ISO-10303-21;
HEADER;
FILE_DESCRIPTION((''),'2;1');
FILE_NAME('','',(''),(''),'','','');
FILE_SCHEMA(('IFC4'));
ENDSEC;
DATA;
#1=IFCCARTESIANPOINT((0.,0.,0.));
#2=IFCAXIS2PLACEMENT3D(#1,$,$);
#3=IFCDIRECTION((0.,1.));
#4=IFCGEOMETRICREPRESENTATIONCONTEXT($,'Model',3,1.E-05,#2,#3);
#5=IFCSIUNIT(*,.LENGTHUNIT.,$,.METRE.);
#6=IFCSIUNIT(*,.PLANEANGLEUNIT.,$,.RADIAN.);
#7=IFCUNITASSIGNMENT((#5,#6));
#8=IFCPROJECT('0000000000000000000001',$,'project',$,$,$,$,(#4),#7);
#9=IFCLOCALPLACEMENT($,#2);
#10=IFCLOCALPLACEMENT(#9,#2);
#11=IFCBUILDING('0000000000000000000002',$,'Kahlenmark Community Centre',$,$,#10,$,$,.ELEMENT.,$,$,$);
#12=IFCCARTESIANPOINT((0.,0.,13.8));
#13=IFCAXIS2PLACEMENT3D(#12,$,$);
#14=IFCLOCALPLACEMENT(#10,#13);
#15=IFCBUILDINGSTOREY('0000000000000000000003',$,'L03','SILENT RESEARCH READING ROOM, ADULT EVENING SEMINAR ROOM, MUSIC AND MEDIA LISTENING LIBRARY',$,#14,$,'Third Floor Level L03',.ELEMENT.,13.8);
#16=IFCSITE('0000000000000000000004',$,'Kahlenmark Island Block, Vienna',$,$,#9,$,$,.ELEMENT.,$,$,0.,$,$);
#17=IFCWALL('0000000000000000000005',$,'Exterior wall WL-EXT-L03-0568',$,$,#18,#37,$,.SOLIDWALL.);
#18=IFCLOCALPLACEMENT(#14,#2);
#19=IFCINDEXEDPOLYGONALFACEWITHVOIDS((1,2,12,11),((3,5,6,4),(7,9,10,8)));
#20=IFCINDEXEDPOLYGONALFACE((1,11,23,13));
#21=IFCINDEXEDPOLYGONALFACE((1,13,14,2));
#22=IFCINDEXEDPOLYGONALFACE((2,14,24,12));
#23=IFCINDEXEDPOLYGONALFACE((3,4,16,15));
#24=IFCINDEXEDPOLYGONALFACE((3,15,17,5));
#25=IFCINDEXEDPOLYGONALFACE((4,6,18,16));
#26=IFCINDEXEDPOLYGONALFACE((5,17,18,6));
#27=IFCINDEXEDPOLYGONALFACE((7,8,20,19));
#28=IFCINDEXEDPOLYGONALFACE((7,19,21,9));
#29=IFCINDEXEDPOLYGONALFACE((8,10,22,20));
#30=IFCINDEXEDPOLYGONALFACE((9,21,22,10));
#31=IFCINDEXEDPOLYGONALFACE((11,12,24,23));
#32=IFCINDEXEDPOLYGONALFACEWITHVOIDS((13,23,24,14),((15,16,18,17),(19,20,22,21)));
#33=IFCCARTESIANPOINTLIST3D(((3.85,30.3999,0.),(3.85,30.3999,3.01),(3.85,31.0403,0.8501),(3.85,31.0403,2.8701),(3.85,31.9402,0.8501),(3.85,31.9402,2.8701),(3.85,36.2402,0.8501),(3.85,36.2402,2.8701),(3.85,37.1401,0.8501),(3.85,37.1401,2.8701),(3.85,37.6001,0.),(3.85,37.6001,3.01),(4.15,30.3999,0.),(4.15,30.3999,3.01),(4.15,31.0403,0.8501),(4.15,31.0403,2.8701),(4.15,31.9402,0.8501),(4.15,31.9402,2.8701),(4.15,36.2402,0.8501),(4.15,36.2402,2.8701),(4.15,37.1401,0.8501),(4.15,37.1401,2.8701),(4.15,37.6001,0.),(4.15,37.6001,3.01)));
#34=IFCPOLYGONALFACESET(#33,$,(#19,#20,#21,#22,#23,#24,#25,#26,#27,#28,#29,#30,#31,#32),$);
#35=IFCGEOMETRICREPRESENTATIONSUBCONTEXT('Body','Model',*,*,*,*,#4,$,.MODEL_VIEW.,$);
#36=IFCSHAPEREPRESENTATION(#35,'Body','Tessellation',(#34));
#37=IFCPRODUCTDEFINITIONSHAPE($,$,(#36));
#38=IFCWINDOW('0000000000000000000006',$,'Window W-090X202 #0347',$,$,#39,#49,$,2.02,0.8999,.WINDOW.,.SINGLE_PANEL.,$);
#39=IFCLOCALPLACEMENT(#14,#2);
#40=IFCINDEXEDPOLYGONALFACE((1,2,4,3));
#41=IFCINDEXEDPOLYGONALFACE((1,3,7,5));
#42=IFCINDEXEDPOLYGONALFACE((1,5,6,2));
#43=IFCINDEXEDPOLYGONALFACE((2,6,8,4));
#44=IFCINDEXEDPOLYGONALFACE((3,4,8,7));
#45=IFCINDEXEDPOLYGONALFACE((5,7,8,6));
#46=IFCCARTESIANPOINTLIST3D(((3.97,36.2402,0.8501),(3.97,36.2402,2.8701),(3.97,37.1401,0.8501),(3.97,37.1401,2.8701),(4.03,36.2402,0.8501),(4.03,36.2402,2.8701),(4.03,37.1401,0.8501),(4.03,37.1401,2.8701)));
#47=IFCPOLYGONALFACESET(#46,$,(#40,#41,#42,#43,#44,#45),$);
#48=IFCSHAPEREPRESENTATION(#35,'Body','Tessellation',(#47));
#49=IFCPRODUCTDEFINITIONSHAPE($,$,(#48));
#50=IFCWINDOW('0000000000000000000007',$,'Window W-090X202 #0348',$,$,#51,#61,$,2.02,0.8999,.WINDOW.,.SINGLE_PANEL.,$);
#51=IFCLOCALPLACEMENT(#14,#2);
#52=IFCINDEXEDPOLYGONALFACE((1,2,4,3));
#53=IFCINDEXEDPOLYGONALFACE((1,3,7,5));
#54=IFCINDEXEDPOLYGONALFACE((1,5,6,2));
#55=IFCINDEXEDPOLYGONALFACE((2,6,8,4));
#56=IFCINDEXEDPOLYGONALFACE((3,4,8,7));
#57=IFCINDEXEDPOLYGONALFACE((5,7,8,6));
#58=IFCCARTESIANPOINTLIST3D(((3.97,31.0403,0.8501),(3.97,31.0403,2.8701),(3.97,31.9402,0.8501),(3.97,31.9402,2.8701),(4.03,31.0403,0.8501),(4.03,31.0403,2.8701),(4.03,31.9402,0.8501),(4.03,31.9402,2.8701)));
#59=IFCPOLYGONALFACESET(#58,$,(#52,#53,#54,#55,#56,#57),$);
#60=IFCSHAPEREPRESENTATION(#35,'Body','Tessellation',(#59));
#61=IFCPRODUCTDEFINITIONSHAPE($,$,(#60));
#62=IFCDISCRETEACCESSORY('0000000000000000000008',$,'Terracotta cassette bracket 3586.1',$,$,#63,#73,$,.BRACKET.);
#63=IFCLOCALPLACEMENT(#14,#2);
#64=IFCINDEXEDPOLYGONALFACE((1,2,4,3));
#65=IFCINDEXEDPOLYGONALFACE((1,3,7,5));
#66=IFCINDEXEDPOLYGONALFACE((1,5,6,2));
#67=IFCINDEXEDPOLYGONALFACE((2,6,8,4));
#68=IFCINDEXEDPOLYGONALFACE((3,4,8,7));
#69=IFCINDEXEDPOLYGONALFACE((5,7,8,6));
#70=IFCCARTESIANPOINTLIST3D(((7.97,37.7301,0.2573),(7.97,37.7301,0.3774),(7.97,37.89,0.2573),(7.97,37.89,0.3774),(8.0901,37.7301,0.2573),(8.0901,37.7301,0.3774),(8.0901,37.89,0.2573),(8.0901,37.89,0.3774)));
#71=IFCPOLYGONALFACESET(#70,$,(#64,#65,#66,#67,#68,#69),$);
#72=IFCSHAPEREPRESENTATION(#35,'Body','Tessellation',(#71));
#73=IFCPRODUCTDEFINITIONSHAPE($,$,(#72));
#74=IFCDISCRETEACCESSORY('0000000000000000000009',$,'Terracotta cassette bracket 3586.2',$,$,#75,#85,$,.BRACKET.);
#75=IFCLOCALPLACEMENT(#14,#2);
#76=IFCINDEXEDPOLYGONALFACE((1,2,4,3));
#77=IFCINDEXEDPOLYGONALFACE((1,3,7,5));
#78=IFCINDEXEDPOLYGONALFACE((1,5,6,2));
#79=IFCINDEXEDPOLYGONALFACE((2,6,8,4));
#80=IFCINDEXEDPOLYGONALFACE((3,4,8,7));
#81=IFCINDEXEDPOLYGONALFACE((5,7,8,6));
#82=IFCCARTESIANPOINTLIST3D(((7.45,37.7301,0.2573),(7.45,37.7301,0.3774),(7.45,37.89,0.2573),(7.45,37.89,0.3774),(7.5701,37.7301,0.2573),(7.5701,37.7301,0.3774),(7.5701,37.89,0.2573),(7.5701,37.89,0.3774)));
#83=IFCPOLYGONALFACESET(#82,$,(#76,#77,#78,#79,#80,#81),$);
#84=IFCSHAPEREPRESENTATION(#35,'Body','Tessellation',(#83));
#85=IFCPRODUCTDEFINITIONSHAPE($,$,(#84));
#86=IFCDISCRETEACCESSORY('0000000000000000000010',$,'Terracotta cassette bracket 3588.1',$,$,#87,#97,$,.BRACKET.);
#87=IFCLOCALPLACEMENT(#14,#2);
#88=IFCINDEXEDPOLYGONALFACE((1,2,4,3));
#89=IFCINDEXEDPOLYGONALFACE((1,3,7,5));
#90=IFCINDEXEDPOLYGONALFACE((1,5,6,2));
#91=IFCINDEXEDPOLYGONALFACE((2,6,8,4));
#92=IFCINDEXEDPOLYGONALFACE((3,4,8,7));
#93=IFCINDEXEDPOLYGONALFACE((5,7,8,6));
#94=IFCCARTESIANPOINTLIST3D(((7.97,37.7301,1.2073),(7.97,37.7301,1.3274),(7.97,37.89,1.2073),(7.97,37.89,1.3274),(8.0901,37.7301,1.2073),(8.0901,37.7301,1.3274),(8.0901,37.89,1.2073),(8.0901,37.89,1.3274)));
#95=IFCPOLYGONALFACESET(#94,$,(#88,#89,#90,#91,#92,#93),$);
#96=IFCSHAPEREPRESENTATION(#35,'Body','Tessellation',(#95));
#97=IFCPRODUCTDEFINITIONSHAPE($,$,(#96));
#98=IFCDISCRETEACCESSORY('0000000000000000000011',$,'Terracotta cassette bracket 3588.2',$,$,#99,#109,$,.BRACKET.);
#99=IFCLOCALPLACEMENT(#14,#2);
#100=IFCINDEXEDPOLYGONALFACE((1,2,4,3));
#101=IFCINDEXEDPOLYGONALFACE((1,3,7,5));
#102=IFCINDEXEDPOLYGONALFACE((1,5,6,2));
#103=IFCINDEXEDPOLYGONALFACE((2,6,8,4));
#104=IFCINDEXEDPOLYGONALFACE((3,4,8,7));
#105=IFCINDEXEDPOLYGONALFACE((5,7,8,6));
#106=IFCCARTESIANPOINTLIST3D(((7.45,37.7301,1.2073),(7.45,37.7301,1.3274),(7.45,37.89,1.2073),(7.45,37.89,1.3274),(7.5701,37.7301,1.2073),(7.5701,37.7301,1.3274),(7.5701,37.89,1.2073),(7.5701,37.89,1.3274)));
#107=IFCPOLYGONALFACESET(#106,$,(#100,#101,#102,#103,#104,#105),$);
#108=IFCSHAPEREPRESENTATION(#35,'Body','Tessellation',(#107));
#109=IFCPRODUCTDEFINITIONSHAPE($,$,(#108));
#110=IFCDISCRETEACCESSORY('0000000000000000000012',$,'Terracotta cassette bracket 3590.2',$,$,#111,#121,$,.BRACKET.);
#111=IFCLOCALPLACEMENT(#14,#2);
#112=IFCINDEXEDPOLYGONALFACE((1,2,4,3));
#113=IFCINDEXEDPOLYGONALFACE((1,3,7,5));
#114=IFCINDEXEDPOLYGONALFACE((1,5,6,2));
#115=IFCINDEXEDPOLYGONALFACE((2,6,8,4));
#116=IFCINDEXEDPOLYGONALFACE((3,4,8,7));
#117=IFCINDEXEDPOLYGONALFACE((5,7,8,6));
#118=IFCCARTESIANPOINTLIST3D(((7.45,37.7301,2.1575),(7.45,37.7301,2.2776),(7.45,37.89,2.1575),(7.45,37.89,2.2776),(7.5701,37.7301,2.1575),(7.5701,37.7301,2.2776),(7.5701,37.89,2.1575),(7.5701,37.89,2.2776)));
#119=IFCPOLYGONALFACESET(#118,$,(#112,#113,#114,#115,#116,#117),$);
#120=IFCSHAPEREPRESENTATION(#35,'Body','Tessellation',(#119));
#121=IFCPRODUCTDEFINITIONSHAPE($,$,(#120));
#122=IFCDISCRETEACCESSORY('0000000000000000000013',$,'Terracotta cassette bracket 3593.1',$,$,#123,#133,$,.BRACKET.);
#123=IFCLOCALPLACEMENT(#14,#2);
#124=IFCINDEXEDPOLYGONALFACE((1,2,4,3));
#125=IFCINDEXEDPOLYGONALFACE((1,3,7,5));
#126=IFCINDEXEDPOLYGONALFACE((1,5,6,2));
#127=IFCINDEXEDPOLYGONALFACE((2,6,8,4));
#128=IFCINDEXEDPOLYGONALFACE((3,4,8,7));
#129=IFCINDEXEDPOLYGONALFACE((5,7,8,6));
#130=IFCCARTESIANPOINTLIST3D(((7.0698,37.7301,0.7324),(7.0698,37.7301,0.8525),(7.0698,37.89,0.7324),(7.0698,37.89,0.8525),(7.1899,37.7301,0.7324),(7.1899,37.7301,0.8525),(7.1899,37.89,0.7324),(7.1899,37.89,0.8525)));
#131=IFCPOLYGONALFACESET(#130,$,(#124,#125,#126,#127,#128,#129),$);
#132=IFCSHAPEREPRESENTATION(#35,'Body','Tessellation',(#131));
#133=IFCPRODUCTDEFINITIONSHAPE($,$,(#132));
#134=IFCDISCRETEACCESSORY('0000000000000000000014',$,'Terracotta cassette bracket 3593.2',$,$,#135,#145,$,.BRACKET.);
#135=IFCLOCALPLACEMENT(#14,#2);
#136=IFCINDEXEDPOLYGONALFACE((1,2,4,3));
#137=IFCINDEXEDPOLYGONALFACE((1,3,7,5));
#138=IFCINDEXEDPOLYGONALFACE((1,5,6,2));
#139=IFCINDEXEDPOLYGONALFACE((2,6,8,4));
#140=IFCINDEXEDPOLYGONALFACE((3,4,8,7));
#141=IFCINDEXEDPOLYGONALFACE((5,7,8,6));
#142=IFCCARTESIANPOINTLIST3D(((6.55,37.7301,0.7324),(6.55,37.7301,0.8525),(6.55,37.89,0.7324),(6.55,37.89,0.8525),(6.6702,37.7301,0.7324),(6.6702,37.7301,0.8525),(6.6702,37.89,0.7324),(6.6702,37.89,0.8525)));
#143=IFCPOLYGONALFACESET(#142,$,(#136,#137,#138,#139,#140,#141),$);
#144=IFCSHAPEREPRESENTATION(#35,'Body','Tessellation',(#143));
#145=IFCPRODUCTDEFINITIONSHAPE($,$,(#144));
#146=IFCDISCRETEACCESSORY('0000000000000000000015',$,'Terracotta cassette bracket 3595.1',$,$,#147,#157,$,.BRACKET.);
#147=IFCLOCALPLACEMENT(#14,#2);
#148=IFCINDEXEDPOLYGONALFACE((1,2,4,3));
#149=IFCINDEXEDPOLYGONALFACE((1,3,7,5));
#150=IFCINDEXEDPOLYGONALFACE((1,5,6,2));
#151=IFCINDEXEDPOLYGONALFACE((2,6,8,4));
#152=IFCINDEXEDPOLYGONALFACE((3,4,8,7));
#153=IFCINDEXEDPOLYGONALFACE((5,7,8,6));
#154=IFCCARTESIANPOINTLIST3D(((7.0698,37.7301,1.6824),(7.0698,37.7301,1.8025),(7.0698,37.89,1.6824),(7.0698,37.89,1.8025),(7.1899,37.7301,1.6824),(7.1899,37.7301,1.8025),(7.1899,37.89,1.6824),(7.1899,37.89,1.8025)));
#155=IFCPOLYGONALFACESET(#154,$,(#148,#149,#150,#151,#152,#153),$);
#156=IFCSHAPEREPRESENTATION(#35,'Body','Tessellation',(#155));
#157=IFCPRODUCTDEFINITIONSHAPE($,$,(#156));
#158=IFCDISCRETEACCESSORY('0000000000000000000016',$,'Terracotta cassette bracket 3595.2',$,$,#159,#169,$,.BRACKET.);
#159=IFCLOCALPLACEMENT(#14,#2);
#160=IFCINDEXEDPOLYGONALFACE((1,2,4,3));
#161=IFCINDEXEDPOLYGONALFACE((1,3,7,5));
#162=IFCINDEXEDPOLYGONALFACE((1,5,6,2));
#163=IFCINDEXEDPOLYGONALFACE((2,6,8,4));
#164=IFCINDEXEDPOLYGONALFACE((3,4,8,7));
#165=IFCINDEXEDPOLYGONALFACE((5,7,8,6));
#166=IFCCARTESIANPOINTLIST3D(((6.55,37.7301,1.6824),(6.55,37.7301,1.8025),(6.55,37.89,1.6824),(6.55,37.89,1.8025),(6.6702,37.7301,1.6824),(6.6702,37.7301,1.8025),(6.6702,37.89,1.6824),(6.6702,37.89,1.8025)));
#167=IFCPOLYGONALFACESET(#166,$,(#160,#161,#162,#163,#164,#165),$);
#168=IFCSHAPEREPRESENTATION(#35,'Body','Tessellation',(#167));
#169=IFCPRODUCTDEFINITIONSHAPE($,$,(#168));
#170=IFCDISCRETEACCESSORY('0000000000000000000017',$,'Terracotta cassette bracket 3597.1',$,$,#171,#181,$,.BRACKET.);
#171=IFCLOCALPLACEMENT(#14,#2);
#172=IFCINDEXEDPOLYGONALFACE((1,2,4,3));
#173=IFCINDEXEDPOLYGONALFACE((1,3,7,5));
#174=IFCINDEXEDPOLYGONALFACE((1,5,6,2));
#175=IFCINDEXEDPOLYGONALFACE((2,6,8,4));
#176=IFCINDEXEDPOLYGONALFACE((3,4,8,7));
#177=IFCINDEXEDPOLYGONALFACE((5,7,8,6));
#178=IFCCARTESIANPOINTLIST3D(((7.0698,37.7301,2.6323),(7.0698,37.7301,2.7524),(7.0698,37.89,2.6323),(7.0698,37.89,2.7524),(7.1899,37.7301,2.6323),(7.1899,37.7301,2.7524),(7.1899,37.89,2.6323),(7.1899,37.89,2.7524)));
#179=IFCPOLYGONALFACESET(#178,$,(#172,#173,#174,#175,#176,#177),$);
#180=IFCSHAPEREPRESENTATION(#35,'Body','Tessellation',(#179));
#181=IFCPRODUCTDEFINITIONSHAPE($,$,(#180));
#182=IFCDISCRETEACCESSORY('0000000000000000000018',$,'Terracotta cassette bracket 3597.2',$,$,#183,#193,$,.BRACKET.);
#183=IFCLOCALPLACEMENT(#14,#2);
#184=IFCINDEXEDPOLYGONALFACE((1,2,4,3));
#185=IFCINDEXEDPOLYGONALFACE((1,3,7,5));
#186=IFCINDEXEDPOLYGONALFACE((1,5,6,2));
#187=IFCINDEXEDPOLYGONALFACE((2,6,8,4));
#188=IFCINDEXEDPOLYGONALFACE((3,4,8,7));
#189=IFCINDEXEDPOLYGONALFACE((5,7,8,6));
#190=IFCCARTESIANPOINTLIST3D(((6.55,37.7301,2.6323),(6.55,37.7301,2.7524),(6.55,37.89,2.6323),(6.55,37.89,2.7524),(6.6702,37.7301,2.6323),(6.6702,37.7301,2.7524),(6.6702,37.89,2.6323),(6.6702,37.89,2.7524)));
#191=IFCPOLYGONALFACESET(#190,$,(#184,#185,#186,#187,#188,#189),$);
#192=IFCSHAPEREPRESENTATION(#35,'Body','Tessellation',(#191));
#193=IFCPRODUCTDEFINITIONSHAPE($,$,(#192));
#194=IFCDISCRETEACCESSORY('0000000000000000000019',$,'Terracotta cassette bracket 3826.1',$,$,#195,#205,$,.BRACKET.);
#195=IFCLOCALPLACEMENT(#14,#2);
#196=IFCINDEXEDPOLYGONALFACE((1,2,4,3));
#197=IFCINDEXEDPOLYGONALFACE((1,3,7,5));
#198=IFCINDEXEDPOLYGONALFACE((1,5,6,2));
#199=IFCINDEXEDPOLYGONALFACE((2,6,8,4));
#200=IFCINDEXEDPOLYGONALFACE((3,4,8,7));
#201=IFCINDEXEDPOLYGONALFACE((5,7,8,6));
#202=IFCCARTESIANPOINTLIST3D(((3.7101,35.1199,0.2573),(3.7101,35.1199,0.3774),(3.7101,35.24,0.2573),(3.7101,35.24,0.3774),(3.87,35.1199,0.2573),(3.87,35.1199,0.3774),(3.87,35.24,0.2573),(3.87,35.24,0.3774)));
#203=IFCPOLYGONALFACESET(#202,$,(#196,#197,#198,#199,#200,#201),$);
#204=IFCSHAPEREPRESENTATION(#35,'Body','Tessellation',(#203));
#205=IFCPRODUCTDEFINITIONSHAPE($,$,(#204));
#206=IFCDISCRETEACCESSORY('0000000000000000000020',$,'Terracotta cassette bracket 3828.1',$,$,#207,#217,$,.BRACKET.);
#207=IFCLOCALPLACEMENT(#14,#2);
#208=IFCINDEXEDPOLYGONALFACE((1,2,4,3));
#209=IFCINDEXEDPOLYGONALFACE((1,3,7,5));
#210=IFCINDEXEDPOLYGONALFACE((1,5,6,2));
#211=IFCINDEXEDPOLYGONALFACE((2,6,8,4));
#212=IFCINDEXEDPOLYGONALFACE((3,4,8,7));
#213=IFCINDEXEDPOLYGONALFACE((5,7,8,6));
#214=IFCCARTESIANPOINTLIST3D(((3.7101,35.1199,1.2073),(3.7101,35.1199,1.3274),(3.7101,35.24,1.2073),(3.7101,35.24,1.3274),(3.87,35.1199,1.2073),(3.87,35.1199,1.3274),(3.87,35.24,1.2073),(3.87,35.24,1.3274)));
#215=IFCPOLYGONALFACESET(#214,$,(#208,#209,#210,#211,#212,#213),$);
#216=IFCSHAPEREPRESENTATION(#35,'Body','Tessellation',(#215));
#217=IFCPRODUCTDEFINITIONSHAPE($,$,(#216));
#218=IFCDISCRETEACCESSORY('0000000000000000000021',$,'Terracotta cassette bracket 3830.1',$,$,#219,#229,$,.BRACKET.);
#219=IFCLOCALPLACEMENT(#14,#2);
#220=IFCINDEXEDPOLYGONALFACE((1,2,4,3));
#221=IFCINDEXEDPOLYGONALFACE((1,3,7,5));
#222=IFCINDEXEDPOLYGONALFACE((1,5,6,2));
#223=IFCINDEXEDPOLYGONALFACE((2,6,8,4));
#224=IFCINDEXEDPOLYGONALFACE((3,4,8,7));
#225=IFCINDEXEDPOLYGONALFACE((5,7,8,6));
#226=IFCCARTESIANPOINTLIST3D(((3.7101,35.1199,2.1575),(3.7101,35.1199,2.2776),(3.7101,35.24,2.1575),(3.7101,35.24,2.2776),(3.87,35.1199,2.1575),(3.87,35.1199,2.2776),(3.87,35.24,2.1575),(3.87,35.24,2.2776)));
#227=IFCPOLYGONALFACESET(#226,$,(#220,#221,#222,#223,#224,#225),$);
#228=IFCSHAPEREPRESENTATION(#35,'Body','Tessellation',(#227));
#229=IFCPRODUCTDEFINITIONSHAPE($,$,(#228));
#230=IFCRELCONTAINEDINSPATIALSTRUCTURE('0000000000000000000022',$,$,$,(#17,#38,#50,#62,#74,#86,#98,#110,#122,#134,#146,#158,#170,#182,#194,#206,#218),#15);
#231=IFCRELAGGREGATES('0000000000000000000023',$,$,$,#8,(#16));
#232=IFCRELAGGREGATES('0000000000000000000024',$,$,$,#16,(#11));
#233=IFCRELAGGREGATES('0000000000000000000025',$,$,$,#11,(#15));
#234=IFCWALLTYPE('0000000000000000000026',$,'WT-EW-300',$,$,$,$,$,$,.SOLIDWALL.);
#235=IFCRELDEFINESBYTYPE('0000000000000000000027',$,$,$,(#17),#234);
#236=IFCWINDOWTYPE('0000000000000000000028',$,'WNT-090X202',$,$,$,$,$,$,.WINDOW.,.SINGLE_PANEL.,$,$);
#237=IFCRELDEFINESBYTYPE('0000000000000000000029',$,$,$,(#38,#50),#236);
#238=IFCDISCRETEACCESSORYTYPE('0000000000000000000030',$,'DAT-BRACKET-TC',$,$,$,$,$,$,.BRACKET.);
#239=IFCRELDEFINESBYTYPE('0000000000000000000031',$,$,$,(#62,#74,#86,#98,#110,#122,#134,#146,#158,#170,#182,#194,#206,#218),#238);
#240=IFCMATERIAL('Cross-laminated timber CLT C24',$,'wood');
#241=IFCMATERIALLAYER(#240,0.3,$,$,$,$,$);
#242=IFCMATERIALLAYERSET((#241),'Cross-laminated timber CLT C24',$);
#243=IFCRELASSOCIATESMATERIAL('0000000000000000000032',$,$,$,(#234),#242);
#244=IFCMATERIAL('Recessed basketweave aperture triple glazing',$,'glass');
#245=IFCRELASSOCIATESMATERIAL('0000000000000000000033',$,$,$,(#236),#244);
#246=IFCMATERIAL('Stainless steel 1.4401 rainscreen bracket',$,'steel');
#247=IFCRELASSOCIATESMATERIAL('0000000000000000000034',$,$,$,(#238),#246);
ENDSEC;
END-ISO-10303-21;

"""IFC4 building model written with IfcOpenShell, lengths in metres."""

from ifc_helpers import new_model, si_unit, direction, frame, frame_2d, origin, origin_2d, place, context, subcontext, project, spatial, rectangle, extrude, material, layer, layer_set, type_object, element, fill, save


model = new_model("IFC4")

# Units and contexts
model_context = context("Model", 3, precision=1e-05, world=origin(), true_north=direction((0.0, 1.0)))
body_context = subcontext(model_context, "Body", "Model", "MODEL_VIEW")
ifc_project = project(units=[si_unit("LENGTHUNIT", "METRE"), si_unit("PLANEANGLEUNIT", "RADIAN")], contexts=[model_context])

# Site, building, storey
site_placement = place(None, origin())
site = spatial("IfcSite", under=ifc_project, at=site_placement, Name="Kahlenmark Island Block, Vienna", CompositionType="ELEMENT", RefElevation=0.0)
building_placement = place(site_placement, origin())
building = spatial("IfcBuilding", under=site, at=building_placement, Name="Kahlenmark Community Centre", CompositionType="ELEMENT")
storey_placement = place(building_placement, frame((0.0, 0.0, 13.8)))
storey = spatial("IfcBuildingStorey", under=building, at=storey_placement, Name="L03", Description="SILENT RESEARCH READING ROOM, ADULT EVENING SEMINAR ROOM, MUSIC AND MEDIA LISTENING LIBRARY", LongName="Third Floor Level L03", CompositionType="ELEMENT", Elevation=13.8)

# Wall, openings, windows
ifc_material_1 = material(Name="Cross-laminated timber CLT C24", Category="wood")
ifc_layer_1 = layer(ifc_material_1, 0.3)
ifc_layer_set_1 = layer_set([ifc_layer_1], Name="Cross-laminated timber CLT C24")
wall_type = type_object("IfcWallType", Name="WT-EW-300", PredefinedType="SOLIDWALL", material=ifc_layer_set_1)
wall_placement = place(storey_placement, frame((4.0, 37.6001, 0.0), z_axis=(0.0, 0.0, 1.0), x_axis=(0.0, -1.0, 0.0)))
wall = element("IfcWall", 1, at=wall_placement, inside=storey, type_object=wall_type, Name="Exterior wall WL-EXT-L03-0568", PredefinedType="SOLIDWALL", context=body_context, shape_type="SweptSolid", body=[
    extrude(rectangle(XDim=7.2002, YDim=0.3, at=frame_2d((3.6001, 0.0))), origin(), (0.0, 0.0, 1.0), 3.01),
])
opening_1_placement = place(wall_placement, frame((0.46, 0.0, 0.8501)))
opening_1 = element("IfcOpeningElement", 2, at=opening_1_placement, cuts=wall, PredefinedType="OPENING", context=body_context, shape_type="SweptSolid", body=[
    extrude(rectangle(XDim=0.8999, YDim=2.02, at=frame_2d((0.45, 1.01))), frame((0.0, 0.1599, 0.0), z_axis=(0.0, -1.0, 0.0), x_axis=(1.0, 0.0, 0.0)), (0.0, 0.0, 1.0), 0.3201),
])
opening_2_placement = place(wall_placement, frame((5.6599, 0.0, 0.8501)))
opening_2 = element("IfcOpeningElement", 3, at=opening_2_placement, cuts=wall, PredefinedType="OPENING", context=body_context, shape_type="SweptSolid", body=[
    extrude(rectangle(XDim=0.8999, YDim=2.02, at=frame_2d((0.45, 1.01))), frame((0.0, 0.1599, 0.0), z_axis=(0.0, -1.0, 0.0), x_axis=(1.0, 0.0, 0.0)), (0.0, 0.0, 1.0), 0.3201),
])
ifc_material_2 = material(Name="Recessed basketweave aperture triple glazing", Category="glass")
window_type = type_object("IfcWindowType", Name="WNT-090X202", PartitioningType="SINGLE_PANEL", PredefinedType="WINDOW", material=ifc_material_2)
window_1_placement = place(opening_1_placement, origin())
window_1 = element("IfcWindow", 4, at=window_1_placement, inside=storey, type_object=window_type, Name="Window W-090X202 #0347", OverallHeight=2.02, OverallWidth=0.8999, PartitioningType="SINGLE_PANEL", PredefinedType="WINDOW", context=body_context, shape_type="SweptSolid", body=[
    extrude(rectangle(XDim=0.8999, YDim=2.02, at=frame_2d((0.45, 1.01))), frame((0.0, 0.03, 0.0), z_axis=(0.0, -1.0, 0.0), x_axis=(1.0, 0.0, 0.0)), (0.0, 0.0, 1.0), 0.0601),
])
fill(opening_1, window_1)
window_2_placement = place(opening_2_placement, origin())
window_2 = element("IfcWindow", 5, at=window_2_placement, inside=storey, type_object=window_type, Name="Window W-090X202 #0348", OverallHeight=2.02, OverallWidth=0.8999, PartitioningType="SINGLE_PANEL", PredefinedType="WINDOW", context=body_context, shape_type="SweptSolid", body=[
    extrude(rectangle(XDim=0.8999, YDim=2.02, at=frame_2d((0.45, 1.01))), frame((0.0, 0.03, 0.0), z_axis=(0.0, -1.0, 0.0), x_axis=(1.0, 0.0, 0.0)), (0.0, 0.0, 1.0), 0.0601),
])
fill(opening_2, window_2)

# Discrete accessories
ifc_material_3 = material(Name="Stainless steel 1.4401 rainscreen bracket", Category="steel")
discrete_accessory_type = type_object("IfcDiscreteAccessoryType", Name="DAT-BRACKET-TC", PredefinedType="BRACKET", material=ifc_material_3)
for number, where, z_axis, x_axis, name in (
    (6, (8.03, 37.8101, 0.2573), (0.0, 0.0, 1.0), (-1.0, 0.0, 0.0), "Terracotta cassette bracket 3586.1"),
    (7, (7.51, 37.8101, 0.2573), (0.0, 0.0, 1.0), (-1.0, 0.0, 0.0), "Terracotta cassette bracket 3586.2"),
    (8, (8.03, 37.8101, 1.2073), (0.0, 0.0, 1.0), (-1.0, 0.0, 0.0), "Terracotta cassette bracket 3588.1"),
    (9, (7.51, 37.8101, 1.2073), (0.0, 0.0, 1.0), (-1.0, 0.0, 0.0), "Terracotta cassette bracket 3588.2"),
    (10, (7.51, 37.8101, 2.1575), (0.0, 0.0, 1.0), (-1.0, 0.0, 0.0), "Terracotta cassette bracket 3590.2"),
    (11, (7.1299, 37.8101, 0.7324), (0.0, 0.0, 1.0), (-1.0, 0.0, 0.0), "Terracotta cassette bracket 3593.1"),
    (12, (6.6101, 37.8101, 0.7324), (0.0, 0.0, 1.0), (-1.0, 0.0, 0.0), "Terracotta cassette bracket 3593.2"),
    (13, (7.1299, 37.8101, 1.6824), (0.0, 0.0, 1.0), (-1.0, 0.0, 0.0), "Terracotta cassette bracket 3595.1"),
    (14, (6.6101, 37.8101, 1.6824), (0.0, 0.0, 1.0), (-1.0, 0.0, 0.0), "Terracotta cassette bracket 3595.2"),
    (15, (7.1299, 37.8101, 2.6323), (0.0, 0.0, 1.0), (-1.0, 0.0, 0.0), "Terracotta cassette bracket 3597.1"),
    (16, (6.6101, 37.8101, 2.6323), (0.0, 0.0, 1.0), (-1.0, 0.0, 0.0), "Terracotta cassette bracket 3597.2"),
    (17, (3.79, 35.1799, 0.2573), (0.0, 0.0, 1.0), (0.0, -1.0, 0.0), "Terracotta cassette bracket 3826.1"),
    (18, (3.79, 35.1799, 1.2073), (0.0, 0.0, 1.0), (0.0, -1.0, 0.0), "Terracotta cassette bracket 3828.1"),
    (19, (3.79, 35.1799, 2.1575), (0.0, 0.0, 1.0), (0.0, -1.0, 0.0), "Terracotta cassette bracket 3830.1"),
):
    element("IfcDiscreteAccessory", number, at=place(storey_placement, frame(where, z_axis=z_axis, x_axis=x_axis)), inside=storey, type_object=discrete_accessory_type, Name=name, PredefinedType="BRACKET", context=body_context, shape_type="SweptSolid", body=[
        extrude(rectangle(XDim=0.1201, YDim=0.1599, at=origin_2d()), origin(), (0.0, 0.0, 1.0), 0.1201),
    ])

save(model, "model.ifc")
